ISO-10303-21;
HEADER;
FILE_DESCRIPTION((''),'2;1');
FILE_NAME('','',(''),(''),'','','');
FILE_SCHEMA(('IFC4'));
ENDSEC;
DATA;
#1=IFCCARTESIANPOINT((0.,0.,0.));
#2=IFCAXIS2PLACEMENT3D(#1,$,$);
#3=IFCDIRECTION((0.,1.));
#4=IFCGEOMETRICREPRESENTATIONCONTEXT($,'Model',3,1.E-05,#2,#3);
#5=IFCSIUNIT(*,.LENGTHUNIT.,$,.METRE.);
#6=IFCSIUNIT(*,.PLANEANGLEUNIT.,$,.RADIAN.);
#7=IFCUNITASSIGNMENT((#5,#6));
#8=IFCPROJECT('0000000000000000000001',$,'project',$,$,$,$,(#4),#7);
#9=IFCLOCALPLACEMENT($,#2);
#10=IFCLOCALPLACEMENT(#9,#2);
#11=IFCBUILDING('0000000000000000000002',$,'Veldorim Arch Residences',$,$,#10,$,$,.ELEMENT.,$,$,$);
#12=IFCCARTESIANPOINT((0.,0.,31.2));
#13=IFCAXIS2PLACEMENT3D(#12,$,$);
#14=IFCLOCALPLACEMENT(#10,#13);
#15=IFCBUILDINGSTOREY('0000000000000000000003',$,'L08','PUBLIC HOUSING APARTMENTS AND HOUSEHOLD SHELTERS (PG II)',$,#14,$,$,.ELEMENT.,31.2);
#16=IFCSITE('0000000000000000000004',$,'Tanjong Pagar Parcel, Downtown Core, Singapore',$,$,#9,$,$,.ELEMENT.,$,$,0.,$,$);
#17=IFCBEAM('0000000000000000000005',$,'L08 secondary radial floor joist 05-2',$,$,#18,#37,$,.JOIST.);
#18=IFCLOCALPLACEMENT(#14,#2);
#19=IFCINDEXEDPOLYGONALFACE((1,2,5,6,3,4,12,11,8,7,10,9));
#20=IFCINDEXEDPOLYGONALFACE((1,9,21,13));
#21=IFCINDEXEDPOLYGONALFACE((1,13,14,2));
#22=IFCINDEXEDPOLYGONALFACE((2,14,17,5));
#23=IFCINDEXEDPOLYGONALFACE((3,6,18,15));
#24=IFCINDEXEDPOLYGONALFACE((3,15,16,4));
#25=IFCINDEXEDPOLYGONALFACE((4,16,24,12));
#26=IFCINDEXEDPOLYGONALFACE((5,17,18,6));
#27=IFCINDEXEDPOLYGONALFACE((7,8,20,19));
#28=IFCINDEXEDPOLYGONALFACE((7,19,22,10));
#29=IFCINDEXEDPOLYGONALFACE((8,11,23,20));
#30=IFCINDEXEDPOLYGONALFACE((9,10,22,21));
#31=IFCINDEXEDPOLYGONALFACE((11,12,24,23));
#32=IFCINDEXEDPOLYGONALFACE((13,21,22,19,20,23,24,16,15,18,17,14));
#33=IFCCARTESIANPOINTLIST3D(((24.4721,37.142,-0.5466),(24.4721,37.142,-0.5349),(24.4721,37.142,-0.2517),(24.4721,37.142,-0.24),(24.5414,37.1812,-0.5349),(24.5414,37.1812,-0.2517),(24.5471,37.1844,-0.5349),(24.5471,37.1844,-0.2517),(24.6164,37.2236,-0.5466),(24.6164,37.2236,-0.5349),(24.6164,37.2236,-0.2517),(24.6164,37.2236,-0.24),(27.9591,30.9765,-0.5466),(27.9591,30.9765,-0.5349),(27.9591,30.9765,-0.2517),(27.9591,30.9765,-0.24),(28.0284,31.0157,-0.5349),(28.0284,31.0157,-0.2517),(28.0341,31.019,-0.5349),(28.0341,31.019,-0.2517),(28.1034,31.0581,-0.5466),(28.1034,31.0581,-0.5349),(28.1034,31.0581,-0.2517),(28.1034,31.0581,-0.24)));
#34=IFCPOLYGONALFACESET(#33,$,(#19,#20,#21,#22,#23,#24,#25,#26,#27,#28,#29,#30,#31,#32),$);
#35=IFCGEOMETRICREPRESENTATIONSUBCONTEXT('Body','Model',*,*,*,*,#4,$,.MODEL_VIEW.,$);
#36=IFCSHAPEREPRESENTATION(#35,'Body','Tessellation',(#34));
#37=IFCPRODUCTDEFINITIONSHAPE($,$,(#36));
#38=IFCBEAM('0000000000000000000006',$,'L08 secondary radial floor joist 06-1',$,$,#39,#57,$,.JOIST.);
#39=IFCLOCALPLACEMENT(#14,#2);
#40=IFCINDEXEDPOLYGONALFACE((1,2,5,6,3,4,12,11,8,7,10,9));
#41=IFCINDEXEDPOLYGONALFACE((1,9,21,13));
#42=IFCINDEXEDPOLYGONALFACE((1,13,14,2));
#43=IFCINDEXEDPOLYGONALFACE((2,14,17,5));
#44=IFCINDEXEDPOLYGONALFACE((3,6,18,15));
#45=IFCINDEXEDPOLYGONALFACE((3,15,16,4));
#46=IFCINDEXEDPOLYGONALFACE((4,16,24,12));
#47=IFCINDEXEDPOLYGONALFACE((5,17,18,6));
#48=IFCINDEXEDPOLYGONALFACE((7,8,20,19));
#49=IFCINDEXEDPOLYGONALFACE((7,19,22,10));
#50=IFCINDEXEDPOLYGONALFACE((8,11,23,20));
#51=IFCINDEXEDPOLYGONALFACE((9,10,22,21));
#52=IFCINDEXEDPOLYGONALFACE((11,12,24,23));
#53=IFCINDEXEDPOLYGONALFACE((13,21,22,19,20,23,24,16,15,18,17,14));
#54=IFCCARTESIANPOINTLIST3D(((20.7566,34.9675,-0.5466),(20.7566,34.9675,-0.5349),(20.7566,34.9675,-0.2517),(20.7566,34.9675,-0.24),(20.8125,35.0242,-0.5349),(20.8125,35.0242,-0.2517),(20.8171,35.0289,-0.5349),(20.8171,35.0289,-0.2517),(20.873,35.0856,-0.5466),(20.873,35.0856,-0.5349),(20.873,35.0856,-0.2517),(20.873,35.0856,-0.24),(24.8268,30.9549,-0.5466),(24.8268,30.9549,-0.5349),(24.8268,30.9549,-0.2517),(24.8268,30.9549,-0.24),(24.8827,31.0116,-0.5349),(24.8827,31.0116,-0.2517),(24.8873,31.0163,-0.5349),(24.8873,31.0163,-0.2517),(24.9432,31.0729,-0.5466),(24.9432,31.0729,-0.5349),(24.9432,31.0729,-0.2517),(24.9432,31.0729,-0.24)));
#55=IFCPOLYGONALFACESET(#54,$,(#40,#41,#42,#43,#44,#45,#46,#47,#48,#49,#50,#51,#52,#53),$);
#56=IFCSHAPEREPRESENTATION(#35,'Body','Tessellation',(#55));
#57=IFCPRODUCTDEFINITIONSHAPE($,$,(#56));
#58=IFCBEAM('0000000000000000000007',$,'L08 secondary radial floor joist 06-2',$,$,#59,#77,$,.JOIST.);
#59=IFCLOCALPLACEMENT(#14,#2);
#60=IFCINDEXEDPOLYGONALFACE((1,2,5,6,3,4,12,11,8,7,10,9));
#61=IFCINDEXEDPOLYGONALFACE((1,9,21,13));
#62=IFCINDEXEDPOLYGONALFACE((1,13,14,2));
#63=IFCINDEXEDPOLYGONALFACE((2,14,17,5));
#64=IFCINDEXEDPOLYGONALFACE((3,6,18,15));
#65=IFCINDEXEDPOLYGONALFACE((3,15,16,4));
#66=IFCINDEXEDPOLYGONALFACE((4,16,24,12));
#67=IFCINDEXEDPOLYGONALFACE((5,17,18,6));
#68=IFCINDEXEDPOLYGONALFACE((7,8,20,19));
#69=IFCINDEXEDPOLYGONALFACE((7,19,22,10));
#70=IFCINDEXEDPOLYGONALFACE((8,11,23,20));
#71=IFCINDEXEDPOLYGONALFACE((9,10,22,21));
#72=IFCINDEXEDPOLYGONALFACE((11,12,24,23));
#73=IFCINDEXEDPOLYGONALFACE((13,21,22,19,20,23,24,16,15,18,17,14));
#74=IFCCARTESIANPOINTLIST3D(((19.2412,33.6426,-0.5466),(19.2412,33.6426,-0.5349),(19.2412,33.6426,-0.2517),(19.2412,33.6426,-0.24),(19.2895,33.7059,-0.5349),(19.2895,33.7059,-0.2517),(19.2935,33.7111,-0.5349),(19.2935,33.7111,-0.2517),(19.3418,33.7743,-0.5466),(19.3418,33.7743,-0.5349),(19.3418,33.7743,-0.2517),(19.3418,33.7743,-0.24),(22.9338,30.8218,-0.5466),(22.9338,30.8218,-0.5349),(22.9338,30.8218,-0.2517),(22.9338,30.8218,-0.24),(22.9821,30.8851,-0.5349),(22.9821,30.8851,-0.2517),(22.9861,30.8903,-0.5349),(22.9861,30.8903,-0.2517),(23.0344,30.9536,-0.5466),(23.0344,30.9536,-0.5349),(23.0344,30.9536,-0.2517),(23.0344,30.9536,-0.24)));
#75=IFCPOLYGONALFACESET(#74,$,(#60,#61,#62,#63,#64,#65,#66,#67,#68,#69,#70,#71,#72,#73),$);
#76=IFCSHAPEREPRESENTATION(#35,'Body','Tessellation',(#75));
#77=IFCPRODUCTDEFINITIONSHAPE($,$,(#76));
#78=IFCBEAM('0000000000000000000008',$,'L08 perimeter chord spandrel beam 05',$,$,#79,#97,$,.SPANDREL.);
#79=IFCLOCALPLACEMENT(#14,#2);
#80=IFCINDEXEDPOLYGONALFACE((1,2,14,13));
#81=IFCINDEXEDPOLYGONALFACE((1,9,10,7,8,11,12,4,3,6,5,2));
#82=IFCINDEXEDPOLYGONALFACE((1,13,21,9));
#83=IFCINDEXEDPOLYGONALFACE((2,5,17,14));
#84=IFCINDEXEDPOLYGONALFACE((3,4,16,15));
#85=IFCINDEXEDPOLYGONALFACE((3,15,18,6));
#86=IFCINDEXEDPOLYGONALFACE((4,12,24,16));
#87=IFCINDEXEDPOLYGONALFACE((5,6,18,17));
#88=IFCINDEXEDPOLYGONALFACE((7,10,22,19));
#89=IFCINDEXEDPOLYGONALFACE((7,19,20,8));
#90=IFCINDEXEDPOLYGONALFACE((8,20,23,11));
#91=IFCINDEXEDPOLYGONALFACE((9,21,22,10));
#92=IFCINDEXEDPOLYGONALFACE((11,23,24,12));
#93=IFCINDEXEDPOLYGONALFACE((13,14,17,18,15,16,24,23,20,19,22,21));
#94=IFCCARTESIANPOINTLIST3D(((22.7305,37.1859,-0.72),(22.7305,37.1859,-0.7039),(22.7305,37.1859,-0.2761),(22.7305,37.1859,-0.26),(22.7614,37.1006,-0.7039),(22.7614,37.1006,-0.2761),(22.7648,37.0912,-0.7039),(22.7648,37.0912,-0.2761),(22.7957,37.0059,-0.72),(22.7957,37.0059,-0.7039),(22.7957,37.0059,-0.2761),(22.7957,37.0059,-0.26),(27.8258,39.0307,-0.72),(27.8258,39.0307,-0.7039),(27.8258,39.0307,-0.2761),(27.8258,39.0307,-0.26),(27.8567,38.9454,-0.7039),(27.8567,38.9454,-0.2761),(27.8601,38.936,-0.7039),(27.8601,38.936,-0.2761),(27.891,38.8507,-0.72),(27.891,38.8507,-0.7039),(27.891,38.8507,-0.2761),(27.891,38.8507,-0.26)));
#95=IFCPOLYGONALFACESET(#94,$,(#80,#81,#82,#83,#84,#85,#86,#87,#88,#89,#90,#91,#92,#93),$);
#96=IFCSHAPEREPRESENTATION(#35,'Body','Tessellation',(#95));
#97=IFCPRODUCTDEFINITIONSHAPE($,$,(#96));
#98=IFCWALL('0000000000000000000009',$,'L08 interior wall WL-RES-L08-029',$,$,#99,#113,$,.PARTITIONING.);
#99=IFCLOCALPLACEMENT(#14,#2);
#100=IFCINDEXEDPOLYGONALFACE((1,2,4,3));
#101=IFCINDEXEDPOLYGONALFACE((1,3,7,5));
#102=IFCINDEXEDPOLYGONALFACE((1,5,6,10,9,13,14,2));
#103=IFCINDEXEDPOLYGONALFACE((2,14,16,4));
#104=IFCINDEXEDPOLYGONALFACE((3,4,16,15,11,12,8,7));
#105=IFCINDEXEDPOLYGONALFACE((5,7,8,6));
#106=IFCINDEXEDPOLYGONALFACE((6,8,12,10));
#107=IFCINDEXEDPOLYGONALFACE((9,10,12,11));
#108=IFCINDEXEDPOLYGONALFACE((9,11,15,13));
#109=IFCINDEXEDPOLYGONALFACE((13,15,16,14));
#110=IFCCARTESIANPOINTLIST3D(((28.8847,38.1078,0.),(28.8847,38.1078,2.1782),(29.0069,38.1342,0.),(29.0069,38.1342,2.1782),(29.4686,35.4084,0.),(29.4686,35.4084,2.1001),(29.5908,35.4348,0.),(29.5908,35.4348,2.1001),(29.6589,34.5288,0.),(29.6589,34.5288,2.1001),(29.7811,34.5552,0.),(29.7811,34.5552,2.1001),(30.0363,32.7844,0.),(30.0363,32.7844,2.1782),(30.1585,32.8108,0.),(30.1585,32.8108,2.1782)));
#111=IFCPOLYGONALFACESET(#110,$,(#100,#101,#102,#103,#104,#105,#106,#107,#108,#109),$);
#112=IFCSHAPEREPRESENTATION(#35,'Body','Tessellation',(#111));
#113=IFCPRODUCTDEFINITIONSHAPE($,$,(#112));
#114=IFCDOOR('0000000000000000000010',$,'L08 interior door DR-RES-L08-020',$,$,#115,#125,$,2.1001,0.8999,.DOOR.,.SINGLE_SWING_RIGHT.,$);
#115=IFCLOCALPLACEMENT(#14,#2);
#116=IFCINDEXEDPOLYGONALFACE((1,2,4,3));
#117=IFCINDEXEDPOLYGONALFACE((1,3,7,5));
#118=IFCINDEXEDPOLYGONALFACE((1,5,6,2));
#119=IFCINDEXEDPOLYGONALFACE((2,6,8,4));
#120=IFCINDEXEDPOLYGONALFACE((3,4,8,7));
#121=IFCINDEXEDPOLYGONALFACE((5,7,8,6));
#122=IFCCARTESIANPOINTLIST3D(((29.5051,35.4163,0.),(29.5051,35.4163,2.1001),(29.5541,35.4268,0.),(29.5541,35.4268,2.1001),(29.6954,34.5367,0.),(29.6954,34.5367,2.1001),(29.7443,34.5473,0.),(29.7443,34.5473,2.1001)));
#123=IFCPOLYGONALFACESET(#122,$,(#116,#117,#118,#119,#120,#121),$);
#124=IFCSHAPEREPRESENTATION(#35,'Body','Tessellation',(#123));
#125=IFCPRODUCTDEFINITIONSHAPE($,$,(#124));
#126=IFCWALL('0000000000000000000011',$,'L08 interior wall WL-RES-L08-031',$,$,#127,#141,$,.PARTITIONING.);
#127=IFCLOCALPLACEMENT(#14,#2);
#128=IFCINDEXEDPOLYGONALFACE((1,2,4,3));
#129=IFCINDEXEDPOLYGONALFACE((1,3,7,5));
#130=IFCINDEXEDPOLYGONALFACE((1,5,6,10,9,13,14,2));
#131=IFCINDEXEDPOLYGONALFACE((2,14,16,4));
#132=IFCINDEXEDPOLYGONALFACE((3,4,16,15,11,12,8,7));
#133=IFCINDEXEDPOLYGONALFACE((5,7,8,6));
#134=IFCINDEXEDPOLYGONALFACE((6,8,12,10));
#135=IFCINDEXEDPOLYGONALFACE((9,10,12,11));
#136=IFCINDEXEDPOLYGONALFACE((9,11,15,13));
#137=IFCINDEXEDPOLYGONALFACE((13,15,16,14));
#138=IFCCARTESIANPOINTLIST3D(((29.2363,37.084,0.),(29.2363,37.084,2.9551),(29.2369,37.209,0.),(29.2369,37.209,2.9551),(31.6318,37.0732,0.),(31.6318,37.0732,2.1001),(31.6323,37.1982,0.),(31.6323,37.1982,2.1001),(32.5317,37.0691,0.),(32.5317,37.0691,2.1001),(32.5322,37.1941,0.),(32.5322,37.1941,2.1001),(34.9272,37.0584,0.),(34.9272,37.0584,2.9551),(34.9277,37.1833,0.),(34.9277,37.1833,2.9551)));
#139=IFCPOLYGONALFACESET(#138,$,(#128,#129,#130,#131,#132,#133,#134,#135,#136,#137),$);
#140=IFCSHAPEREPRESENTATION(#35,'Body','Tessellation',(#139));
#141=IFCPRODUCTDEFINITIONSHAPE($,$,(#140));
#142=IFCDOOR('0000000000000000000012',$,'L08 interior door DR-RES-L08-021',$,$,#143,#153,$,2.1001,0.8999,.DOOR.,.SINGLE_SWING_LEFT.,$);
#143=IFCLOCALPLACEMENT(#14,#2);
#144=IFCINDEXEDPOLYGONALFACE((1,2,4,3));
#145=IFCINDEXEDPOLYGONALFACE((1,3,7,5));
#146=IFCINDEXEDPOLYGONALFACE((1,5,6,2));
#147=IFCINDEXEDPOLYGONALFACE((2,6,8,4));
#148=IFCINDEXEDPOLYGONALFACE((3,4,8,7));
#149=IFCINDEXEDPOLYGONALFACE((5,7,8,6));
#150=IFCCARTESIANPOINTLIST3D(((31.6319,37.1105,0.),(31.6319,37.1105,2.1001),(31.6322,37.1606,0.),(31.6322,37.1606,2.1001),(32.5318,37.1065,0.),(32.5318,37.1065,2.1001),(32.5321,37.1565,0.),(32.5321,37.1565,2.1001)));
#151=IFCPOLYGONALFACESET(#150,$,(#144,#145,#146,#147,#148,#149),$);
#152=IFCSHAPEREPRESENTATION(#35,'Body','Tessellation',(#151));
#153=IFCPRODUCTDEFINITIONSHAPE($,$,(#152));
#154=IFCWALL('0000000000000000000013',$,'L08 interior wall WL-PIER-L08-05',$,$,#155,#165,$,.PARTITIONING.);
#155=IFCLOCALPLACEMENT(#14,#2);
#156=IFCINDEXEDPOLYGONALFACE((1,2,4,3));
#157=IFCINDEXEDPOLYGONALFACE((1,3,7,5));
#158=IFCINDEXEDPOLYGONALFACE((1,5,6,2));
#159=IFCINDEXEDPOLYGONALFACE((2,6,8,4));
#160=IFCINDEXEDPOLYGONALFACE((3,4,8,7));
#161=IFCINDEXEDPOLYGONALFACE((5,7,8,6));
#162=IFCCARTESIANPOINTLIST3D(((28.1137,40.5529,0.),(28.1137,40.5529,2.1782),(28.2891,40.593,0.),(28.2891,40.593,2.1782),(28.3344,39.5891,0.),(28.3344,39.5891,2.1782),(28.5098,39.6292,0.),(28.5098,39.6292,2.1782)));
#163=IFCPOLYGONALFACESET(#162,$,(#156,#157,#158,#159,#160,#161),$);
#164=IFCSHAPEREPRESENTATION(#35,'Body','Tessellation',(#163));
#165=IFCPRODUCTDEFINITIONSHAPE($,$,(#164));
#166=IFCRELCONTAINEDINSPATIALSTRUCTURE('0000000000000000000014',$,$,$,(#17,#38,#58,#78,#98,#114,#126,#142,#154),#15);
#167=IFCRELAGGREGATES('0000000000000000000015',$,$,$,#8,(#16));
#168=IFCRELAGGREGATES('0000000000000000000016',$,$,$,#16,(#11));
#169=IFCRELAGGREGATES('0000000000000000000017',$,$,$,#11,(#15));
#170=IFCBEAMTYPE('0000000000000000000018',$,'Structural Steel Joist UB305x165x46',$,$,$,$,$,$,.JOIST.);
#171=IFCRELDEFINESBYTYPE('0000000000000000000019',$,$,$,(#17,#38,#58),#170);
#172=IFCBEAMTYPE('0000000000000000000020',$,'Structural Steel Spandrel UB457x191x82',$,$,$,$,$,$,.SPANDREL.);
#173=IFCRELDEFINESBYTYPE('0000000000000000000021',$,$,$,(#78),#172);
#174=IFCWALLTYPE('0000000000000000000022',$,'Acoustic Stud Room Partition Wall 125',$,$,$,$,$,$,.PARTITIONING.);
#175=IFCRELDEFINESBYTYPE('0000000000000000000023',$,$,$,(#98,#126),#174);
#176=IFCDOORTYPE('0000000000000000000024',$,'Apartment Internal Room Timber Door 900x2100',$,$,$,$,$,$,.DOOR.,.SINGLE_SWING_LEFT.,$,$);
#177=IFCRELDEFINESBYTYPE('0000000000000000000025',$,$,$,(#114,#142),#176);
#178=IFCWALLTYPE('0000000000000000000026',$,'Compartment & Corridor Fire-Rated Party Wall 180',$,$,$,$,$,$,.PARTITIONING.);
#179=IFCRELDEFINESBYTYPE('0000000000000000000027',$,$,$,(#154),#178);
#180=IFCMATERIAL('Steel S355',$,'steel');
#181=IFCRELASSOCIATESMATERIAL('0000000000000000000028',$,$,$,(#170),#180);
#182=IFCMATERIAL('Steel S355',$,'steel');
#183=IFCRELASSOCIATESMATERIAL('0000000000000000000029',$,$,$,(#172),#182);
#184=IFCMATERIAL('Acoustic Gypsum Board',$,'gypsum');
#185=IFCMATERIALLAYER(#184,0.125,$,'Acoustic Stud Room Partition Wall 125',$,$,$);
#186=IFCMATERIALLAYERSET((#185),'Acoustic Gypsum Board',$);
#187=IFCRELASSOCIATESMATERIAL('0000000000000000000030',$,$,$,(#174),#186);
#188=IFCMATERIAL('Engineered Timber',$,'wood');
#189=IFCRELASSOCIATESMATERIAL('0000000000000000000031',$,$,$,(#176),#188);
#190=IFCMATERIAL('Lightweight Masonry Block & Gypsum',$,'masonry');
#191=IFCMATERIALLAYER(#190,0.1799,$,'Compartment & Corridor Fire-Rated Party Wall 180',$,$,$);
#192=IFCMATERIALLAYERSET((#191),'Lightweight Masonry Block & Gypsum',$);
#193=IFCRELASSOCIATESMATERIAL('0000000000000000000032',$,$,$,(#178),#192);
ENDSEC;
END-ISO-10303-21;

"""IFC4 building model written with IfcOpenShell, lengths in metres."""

from ifc_helpers import new_model, si_unit, direction, frame, frame_2d, origin, origin_2d, place, context, subcontext, project, spatial, rectangle, i_section, extrude, material, layer, layer_set, material_profile, profile_set, type_object, element, fill, save


model = new_model("IFC4")

# Units and contexts
model_context = context("Model", 3, precision=1e-05, world=origin(), true_north=direction((0.0, 1.0)))
body_context = subcontext(model_context, "Body", "Model", "MODEL_VIEW")
ifc_project = project(units=[si_unit("LENGTHUNIT", "METRE"), si_unit("PLANEANGLEUNIT", "RADIAN")], contexts=[model_context])

# Site, building, storey
site_placement = place(None, origin())
site = spatial("IfcSite", under=ifc_project, at=site_placement, Name="Tanjong Pagar Parcel, Downtown Core, Singapore", CompositionType="ELEMENT", RefElevation=0.0)
building_placement = place(site_placement, origin())
building = spatial("IfcBuilding", under=site, at=building_placement, Name="Veldorim Arch Residences", CompositionType="ELEMENT")
storey_placement = place(building_placement, frame((0.0, 0.0, 31.2)))
storey = spatial("IfcBuildingStorey", under=building, at=storey_placement, Name="L08", Description="PUBLIC HOUSING APARTMENTS AND HOUSEHOLD SHELTERS (PG II)", CompositionType="ELEMENT", Elevation=31.2)

# Beams
ifc_material_1 = material(Name="Steel S355", Category="steel")
ifc_material_profile_1 = material_profile(ifc_material_1, i_section(OverallWidth=0.1658, OverallDepth=0.3066, WebThickness=0.0066, FlangeThickness=0.0117, at=origin_2d()), Name="UB305x165x46")
ifc_profile_set_1 = profile_set([ifc_material_profile_1], Name="Steel S355")
beam_type_1 = type_object("IfcBeamType", Name="Structural Steel Joist UB305x165x46", PredefinedType="JOIST", material=ifc_profile_set_1)
beam_1_placement = place(storey_placement, frame((28.0312, 31.0173, -0.3933), z_axis=(-0.492292, 0.87043, 0.0), x_axis=(-0.87043, -0.492292, 0.0)))
element("IfcBeam", 1, at=beam_1_placement, inside=storey, type_object=beam_type_1, Name="L08 secondary radial floor joist 05-2", PredefinedType="JOIST", context=body_context, shape_type="SweptSolid", body=[
    extrude(i_section(OverallWidth=0.1658, OverallDepth=0.3066, WebThickness=0.0066, FlangeThickness=0.0117, at=origin_2d()), origin(), (0.0, 0.0, 1.0), 7.0833),
])
beam_2_placement = place(storey_placement, frame((24.885, 31.0139, -0.3933), z_axis=(-0.712129, 0.702049, 0.0), x_axis=(-0.702049, -0.712129, 0.0)))
element("IfcBeam", 2, at=beam_2_placement, inside=storey, type_object=beam_type_1, Name="L08 secondary radial floor joist 06-1", PredefinedType="JOIST", context=body_context, shape_type="SweptSolid", body=[
    extrude(i_section(OverallWidth=0.1658, OverallDepth=0.3066, WebThickness=0.0066, FlangeThickness=0.0117, at=origin_2d()), origin(), (0.0, 0.0, 1.0), 5.7156),
])
beam_3_placement = place(storey_placement, frame((22.9841, 30.8877, -0.3933), z_axis=(-0.794666, 0.607046, 0.0), x_axis=(-0.607046, -0.794666, 0.0)))
element("IfcBeam", 3, at=beam_3_placement, inside=storey, type_object=beam_type_1, Name="L08 secondary radial floor joist 06-2", PredefinedType="JOIST", context=body_context, shape_type="SweptSolid", body=[
    extrude(i_section(OverallWidth=0.1658, OverallDepth=0.3066, WebThickness=0.0066, FlangeThickness=0.0117, at=origin_2d()), origin(), (0.0, 0.0, 1.0), 4.6467),
])
ifc_material_2 = material(Name="Steel S355", Category="steel")
ifc_material_profile_2 = material_profile(ifc_material_2, i_section(OverallWidth=0.1914, OverallDepth=0.46, WebThickness=0.01, FlangeThickness=0.0161, at=origin_2d()), Name="UB457x191x82")
ifc_profile_set_2 = profile_set([ifc_material_profile_2], Name="Steel S355")
beam_type_2 = type_object("IfcBeamType", Name="Structural Steel Spandrel UB457x191x82", PredefinedType="SPANDREL", material=ifc_profile_set_2)
beam_4_placement = place(storey_placement, frame((27.8584, 38.9407, -0.49), z_axis=(-0.940271, -0.340426, 0.0), x_axis=(0.340426, -0.940271, 0.0)))
element("IfcBeam", 4, at=beam_4_placement, inside=storey, type_object=beam_type_2, Name="L08 perimeter chord spandrel beam 05", PredefinedType="SPANDREL", context=body_context, shape_type="SweptSolid", body=[
    extrude(i_section(OverallWidth=0.1914, OverallDepth=0.46, WebThickness=0.01, FlangeThickness=0.0161, at=origin_2d()), origin(), (0.0, 0.0, 1.0), 5.4189),
])

# Walls, openings, doors
ifc_material_3 = material(Name="Acoustic Gypsum Board", Category="gypsum")
ifc_layer_1 = layer(ifc_material_3, 0.125, Name="Acoustic Stud Room Partition Wall 125")
ifc_layer_set_1 = layer_set([ifc_layer_1], Name="Acoustic Gypsum Board")
wall_type_1 = type_object("IfcWallType", Name="Acoustic Stud Room Partition Wall 125", PredefinedType="PARTITIONING", material=ifc_layer_set_1)
wall_1_placement = place(storey_placement, frame((28.9458, 38.1208, 0.0), z_axis=(0.0, 0.0, 1.0), x_axis=(0.211436, -0.977392, 0.0)))
wall_1 = element("IfcWall", 5, at=wall_1_placement, inside=storey, type_object=wall_type_1, Name="L08 interior wall WL-RES-L08-029", PredefinedType="PARTITIONING", context=body_context, shape_type="SweptSolid", body=[
    extrude(rectangle(XDim=5.4465, YDim=0.125, at=frame_2d((2.7231, 0.0))), origin(), (0.0, 0.0, 1.0), 2.1782),
])
opening_1_placement = place(wall_1_placement, frame((2.7617, 0.0, 0.0)))
opening_1 = element("IfcOpeningElement", 6, at=opening_1_placement, cuts=wall_1, PredefinedType="OPENING", context=body_context, shape_type="SweptSolid", body=[
    extrude(rectangle(XDim=0.8999, YDim=2.1001, at=frame_2d((0.45, 1.05))), frame((0.0, 0.0725, 0.0), z_axis=(0.0, -1.0, 0.0), x_axis=(1.0, 0.0, 0.0)), (0.0, 0.0, 1.0), 0.145),
])
ifc_material_4 = material(Name="Engineered Timber", Category="wood")
door_type_1 = type_object("IfcDoorType", Name="Apartment Internal Room Timber Door 900x2100", OperationType="SINGLE_SWING_LEFT", PredefinedType="DOOR", material=ifc_material_4)
door_1_placement = place(opening_1_placement, origin())
door_1 = element("IfcDoor", 7, at=door_1_placement, inside=storey, type_object=door_type_1, Name="L08 interior door DR-RES-L08-020", OperationType="SINGLE_SWING_RIGHT", OverallHeight=2.1001, OverallWidth=0.8999, PredefinedType="DOOR", context=body_context, shape_type="SweptSolid", body=[
    extrude(rectangle(XDim=0.8999, YDim=2.1001, at=frame_2d((0.45, 1.05))), frame((0.0, 0.0249, 0.0), z_axis=(0.0, -1.0, 0.0), x_axis=(1.0, 0.0, 0.0)), (0.0, 0.0, 1.0), 0.05),
])
fill(opening_1, door_1)
wall_2_placement = place(storey_placement, frame((29.2366, 37.1465, 0.0), z_axis=(0.0, 0.0, 1.0), x_axis=(0.99999, -0.004504, 0.0)))
wall_2 = element("IfcWall", 8, at=wall_2_placement, inside=storey, type_object=wall_type_1, Name="L08 interior wall WL-RES-L08-031", PredefinedType="PARTITIONING", context=body_context, shape_type="SweptSolid", body=[
    extrude(rectangle(XDim=5.6909, YDim=0.125, at=frame_2d((2.8455, 0.0))), origin(), (0.0, 0.0, 1.0), 2.9551),
])
opening_2_placement = place(wall_2_placement, frame((2.3955, 0.0, 0.0)))
opening_2 = element("IfcOpeningElement", 9, at=opening_2_placement, cuts=wall_2, PredefinedType="OPENING", context=body_context, shape_type="SweptSolid", body=[
    extrude(rectangle(XDim=0.8999, YDim=2.1001, at=frame_2d((0.45, 1.05))), frame((0.0, 0.0725, 0.0), z_axis=(0.0, -1.0, 0.0), x_axis=(1.0, 0.0, 0.0)), (0.0, 0.0, 1.0), 0.145),
])
door_2_placement = place(opening_2_placement, origin())
door_2 = element("IfcDoor", 10, at=door_2_placement, inside=storey, type_object=door_type_1, Name="L08 interior door DR-RES-L08-021", OperationType="SINGLE_SWING_LEFT", OverallHeight=2.1001, OverallWidth=0.8999, PredefinedType="DOOR", context=body_context, shape_type="SweptSolid", body=[
    extrude(rectangle(XDim=0.8999, YDim=2.1001, at=frame_2d((0.45, 1.05))), frame((0.0, 0.0249, 0.0), z_axis=(0.0, -1.0, 0.0), x_axis=(1.0, 0.0, 0.0)), (0.0, 0.0, 1.0), 0.05),
])
fill(opening_2, door_2)

# Wall
ifc_material_5 = material(Name="Lightweight Masonry Block & Gypsum", Category="masonry")
ifc_layer_2 = layer(ifc_material_5, 0.1799, Name="Compartment & Corridor Fire-Rated Party Wall 180")
ifc_layer_set_2 = layer_set([ifc_layer_2], Name="Lightweight Masonry Block & Gypsum")
wall_type_2 = type_object("IfcWallType", Name="Compartment & Corridor Fire-Rated Party Wall 180", PredefinedType="PARTITIONING", material=ifc_layer_set_2)
wall_3_placement = place(storey_placement, frame((28.4221, 39.6091, 0.0), z_axis=(0.0, 0.0, 1.0), x_axis=(-0.2232, 0.974773, 0.0)))
element("IfcWall", 11, at=wall_3_placement, inside=storey, type_object=wall_type_2, Name="L08 interior wall WL-PIER-L08-05", PredefinedType="PARTITIONING", context=body_context, shape_type="SweptSolid", body=[
    extrude(rectangle(XDim=0.9888, YDim=0.1799, at=frame_2d((0.4944, 0.0))), origin(), (0.0, 0.0, 1.0), 2.1782),
])

save(model, "model.ifc")
